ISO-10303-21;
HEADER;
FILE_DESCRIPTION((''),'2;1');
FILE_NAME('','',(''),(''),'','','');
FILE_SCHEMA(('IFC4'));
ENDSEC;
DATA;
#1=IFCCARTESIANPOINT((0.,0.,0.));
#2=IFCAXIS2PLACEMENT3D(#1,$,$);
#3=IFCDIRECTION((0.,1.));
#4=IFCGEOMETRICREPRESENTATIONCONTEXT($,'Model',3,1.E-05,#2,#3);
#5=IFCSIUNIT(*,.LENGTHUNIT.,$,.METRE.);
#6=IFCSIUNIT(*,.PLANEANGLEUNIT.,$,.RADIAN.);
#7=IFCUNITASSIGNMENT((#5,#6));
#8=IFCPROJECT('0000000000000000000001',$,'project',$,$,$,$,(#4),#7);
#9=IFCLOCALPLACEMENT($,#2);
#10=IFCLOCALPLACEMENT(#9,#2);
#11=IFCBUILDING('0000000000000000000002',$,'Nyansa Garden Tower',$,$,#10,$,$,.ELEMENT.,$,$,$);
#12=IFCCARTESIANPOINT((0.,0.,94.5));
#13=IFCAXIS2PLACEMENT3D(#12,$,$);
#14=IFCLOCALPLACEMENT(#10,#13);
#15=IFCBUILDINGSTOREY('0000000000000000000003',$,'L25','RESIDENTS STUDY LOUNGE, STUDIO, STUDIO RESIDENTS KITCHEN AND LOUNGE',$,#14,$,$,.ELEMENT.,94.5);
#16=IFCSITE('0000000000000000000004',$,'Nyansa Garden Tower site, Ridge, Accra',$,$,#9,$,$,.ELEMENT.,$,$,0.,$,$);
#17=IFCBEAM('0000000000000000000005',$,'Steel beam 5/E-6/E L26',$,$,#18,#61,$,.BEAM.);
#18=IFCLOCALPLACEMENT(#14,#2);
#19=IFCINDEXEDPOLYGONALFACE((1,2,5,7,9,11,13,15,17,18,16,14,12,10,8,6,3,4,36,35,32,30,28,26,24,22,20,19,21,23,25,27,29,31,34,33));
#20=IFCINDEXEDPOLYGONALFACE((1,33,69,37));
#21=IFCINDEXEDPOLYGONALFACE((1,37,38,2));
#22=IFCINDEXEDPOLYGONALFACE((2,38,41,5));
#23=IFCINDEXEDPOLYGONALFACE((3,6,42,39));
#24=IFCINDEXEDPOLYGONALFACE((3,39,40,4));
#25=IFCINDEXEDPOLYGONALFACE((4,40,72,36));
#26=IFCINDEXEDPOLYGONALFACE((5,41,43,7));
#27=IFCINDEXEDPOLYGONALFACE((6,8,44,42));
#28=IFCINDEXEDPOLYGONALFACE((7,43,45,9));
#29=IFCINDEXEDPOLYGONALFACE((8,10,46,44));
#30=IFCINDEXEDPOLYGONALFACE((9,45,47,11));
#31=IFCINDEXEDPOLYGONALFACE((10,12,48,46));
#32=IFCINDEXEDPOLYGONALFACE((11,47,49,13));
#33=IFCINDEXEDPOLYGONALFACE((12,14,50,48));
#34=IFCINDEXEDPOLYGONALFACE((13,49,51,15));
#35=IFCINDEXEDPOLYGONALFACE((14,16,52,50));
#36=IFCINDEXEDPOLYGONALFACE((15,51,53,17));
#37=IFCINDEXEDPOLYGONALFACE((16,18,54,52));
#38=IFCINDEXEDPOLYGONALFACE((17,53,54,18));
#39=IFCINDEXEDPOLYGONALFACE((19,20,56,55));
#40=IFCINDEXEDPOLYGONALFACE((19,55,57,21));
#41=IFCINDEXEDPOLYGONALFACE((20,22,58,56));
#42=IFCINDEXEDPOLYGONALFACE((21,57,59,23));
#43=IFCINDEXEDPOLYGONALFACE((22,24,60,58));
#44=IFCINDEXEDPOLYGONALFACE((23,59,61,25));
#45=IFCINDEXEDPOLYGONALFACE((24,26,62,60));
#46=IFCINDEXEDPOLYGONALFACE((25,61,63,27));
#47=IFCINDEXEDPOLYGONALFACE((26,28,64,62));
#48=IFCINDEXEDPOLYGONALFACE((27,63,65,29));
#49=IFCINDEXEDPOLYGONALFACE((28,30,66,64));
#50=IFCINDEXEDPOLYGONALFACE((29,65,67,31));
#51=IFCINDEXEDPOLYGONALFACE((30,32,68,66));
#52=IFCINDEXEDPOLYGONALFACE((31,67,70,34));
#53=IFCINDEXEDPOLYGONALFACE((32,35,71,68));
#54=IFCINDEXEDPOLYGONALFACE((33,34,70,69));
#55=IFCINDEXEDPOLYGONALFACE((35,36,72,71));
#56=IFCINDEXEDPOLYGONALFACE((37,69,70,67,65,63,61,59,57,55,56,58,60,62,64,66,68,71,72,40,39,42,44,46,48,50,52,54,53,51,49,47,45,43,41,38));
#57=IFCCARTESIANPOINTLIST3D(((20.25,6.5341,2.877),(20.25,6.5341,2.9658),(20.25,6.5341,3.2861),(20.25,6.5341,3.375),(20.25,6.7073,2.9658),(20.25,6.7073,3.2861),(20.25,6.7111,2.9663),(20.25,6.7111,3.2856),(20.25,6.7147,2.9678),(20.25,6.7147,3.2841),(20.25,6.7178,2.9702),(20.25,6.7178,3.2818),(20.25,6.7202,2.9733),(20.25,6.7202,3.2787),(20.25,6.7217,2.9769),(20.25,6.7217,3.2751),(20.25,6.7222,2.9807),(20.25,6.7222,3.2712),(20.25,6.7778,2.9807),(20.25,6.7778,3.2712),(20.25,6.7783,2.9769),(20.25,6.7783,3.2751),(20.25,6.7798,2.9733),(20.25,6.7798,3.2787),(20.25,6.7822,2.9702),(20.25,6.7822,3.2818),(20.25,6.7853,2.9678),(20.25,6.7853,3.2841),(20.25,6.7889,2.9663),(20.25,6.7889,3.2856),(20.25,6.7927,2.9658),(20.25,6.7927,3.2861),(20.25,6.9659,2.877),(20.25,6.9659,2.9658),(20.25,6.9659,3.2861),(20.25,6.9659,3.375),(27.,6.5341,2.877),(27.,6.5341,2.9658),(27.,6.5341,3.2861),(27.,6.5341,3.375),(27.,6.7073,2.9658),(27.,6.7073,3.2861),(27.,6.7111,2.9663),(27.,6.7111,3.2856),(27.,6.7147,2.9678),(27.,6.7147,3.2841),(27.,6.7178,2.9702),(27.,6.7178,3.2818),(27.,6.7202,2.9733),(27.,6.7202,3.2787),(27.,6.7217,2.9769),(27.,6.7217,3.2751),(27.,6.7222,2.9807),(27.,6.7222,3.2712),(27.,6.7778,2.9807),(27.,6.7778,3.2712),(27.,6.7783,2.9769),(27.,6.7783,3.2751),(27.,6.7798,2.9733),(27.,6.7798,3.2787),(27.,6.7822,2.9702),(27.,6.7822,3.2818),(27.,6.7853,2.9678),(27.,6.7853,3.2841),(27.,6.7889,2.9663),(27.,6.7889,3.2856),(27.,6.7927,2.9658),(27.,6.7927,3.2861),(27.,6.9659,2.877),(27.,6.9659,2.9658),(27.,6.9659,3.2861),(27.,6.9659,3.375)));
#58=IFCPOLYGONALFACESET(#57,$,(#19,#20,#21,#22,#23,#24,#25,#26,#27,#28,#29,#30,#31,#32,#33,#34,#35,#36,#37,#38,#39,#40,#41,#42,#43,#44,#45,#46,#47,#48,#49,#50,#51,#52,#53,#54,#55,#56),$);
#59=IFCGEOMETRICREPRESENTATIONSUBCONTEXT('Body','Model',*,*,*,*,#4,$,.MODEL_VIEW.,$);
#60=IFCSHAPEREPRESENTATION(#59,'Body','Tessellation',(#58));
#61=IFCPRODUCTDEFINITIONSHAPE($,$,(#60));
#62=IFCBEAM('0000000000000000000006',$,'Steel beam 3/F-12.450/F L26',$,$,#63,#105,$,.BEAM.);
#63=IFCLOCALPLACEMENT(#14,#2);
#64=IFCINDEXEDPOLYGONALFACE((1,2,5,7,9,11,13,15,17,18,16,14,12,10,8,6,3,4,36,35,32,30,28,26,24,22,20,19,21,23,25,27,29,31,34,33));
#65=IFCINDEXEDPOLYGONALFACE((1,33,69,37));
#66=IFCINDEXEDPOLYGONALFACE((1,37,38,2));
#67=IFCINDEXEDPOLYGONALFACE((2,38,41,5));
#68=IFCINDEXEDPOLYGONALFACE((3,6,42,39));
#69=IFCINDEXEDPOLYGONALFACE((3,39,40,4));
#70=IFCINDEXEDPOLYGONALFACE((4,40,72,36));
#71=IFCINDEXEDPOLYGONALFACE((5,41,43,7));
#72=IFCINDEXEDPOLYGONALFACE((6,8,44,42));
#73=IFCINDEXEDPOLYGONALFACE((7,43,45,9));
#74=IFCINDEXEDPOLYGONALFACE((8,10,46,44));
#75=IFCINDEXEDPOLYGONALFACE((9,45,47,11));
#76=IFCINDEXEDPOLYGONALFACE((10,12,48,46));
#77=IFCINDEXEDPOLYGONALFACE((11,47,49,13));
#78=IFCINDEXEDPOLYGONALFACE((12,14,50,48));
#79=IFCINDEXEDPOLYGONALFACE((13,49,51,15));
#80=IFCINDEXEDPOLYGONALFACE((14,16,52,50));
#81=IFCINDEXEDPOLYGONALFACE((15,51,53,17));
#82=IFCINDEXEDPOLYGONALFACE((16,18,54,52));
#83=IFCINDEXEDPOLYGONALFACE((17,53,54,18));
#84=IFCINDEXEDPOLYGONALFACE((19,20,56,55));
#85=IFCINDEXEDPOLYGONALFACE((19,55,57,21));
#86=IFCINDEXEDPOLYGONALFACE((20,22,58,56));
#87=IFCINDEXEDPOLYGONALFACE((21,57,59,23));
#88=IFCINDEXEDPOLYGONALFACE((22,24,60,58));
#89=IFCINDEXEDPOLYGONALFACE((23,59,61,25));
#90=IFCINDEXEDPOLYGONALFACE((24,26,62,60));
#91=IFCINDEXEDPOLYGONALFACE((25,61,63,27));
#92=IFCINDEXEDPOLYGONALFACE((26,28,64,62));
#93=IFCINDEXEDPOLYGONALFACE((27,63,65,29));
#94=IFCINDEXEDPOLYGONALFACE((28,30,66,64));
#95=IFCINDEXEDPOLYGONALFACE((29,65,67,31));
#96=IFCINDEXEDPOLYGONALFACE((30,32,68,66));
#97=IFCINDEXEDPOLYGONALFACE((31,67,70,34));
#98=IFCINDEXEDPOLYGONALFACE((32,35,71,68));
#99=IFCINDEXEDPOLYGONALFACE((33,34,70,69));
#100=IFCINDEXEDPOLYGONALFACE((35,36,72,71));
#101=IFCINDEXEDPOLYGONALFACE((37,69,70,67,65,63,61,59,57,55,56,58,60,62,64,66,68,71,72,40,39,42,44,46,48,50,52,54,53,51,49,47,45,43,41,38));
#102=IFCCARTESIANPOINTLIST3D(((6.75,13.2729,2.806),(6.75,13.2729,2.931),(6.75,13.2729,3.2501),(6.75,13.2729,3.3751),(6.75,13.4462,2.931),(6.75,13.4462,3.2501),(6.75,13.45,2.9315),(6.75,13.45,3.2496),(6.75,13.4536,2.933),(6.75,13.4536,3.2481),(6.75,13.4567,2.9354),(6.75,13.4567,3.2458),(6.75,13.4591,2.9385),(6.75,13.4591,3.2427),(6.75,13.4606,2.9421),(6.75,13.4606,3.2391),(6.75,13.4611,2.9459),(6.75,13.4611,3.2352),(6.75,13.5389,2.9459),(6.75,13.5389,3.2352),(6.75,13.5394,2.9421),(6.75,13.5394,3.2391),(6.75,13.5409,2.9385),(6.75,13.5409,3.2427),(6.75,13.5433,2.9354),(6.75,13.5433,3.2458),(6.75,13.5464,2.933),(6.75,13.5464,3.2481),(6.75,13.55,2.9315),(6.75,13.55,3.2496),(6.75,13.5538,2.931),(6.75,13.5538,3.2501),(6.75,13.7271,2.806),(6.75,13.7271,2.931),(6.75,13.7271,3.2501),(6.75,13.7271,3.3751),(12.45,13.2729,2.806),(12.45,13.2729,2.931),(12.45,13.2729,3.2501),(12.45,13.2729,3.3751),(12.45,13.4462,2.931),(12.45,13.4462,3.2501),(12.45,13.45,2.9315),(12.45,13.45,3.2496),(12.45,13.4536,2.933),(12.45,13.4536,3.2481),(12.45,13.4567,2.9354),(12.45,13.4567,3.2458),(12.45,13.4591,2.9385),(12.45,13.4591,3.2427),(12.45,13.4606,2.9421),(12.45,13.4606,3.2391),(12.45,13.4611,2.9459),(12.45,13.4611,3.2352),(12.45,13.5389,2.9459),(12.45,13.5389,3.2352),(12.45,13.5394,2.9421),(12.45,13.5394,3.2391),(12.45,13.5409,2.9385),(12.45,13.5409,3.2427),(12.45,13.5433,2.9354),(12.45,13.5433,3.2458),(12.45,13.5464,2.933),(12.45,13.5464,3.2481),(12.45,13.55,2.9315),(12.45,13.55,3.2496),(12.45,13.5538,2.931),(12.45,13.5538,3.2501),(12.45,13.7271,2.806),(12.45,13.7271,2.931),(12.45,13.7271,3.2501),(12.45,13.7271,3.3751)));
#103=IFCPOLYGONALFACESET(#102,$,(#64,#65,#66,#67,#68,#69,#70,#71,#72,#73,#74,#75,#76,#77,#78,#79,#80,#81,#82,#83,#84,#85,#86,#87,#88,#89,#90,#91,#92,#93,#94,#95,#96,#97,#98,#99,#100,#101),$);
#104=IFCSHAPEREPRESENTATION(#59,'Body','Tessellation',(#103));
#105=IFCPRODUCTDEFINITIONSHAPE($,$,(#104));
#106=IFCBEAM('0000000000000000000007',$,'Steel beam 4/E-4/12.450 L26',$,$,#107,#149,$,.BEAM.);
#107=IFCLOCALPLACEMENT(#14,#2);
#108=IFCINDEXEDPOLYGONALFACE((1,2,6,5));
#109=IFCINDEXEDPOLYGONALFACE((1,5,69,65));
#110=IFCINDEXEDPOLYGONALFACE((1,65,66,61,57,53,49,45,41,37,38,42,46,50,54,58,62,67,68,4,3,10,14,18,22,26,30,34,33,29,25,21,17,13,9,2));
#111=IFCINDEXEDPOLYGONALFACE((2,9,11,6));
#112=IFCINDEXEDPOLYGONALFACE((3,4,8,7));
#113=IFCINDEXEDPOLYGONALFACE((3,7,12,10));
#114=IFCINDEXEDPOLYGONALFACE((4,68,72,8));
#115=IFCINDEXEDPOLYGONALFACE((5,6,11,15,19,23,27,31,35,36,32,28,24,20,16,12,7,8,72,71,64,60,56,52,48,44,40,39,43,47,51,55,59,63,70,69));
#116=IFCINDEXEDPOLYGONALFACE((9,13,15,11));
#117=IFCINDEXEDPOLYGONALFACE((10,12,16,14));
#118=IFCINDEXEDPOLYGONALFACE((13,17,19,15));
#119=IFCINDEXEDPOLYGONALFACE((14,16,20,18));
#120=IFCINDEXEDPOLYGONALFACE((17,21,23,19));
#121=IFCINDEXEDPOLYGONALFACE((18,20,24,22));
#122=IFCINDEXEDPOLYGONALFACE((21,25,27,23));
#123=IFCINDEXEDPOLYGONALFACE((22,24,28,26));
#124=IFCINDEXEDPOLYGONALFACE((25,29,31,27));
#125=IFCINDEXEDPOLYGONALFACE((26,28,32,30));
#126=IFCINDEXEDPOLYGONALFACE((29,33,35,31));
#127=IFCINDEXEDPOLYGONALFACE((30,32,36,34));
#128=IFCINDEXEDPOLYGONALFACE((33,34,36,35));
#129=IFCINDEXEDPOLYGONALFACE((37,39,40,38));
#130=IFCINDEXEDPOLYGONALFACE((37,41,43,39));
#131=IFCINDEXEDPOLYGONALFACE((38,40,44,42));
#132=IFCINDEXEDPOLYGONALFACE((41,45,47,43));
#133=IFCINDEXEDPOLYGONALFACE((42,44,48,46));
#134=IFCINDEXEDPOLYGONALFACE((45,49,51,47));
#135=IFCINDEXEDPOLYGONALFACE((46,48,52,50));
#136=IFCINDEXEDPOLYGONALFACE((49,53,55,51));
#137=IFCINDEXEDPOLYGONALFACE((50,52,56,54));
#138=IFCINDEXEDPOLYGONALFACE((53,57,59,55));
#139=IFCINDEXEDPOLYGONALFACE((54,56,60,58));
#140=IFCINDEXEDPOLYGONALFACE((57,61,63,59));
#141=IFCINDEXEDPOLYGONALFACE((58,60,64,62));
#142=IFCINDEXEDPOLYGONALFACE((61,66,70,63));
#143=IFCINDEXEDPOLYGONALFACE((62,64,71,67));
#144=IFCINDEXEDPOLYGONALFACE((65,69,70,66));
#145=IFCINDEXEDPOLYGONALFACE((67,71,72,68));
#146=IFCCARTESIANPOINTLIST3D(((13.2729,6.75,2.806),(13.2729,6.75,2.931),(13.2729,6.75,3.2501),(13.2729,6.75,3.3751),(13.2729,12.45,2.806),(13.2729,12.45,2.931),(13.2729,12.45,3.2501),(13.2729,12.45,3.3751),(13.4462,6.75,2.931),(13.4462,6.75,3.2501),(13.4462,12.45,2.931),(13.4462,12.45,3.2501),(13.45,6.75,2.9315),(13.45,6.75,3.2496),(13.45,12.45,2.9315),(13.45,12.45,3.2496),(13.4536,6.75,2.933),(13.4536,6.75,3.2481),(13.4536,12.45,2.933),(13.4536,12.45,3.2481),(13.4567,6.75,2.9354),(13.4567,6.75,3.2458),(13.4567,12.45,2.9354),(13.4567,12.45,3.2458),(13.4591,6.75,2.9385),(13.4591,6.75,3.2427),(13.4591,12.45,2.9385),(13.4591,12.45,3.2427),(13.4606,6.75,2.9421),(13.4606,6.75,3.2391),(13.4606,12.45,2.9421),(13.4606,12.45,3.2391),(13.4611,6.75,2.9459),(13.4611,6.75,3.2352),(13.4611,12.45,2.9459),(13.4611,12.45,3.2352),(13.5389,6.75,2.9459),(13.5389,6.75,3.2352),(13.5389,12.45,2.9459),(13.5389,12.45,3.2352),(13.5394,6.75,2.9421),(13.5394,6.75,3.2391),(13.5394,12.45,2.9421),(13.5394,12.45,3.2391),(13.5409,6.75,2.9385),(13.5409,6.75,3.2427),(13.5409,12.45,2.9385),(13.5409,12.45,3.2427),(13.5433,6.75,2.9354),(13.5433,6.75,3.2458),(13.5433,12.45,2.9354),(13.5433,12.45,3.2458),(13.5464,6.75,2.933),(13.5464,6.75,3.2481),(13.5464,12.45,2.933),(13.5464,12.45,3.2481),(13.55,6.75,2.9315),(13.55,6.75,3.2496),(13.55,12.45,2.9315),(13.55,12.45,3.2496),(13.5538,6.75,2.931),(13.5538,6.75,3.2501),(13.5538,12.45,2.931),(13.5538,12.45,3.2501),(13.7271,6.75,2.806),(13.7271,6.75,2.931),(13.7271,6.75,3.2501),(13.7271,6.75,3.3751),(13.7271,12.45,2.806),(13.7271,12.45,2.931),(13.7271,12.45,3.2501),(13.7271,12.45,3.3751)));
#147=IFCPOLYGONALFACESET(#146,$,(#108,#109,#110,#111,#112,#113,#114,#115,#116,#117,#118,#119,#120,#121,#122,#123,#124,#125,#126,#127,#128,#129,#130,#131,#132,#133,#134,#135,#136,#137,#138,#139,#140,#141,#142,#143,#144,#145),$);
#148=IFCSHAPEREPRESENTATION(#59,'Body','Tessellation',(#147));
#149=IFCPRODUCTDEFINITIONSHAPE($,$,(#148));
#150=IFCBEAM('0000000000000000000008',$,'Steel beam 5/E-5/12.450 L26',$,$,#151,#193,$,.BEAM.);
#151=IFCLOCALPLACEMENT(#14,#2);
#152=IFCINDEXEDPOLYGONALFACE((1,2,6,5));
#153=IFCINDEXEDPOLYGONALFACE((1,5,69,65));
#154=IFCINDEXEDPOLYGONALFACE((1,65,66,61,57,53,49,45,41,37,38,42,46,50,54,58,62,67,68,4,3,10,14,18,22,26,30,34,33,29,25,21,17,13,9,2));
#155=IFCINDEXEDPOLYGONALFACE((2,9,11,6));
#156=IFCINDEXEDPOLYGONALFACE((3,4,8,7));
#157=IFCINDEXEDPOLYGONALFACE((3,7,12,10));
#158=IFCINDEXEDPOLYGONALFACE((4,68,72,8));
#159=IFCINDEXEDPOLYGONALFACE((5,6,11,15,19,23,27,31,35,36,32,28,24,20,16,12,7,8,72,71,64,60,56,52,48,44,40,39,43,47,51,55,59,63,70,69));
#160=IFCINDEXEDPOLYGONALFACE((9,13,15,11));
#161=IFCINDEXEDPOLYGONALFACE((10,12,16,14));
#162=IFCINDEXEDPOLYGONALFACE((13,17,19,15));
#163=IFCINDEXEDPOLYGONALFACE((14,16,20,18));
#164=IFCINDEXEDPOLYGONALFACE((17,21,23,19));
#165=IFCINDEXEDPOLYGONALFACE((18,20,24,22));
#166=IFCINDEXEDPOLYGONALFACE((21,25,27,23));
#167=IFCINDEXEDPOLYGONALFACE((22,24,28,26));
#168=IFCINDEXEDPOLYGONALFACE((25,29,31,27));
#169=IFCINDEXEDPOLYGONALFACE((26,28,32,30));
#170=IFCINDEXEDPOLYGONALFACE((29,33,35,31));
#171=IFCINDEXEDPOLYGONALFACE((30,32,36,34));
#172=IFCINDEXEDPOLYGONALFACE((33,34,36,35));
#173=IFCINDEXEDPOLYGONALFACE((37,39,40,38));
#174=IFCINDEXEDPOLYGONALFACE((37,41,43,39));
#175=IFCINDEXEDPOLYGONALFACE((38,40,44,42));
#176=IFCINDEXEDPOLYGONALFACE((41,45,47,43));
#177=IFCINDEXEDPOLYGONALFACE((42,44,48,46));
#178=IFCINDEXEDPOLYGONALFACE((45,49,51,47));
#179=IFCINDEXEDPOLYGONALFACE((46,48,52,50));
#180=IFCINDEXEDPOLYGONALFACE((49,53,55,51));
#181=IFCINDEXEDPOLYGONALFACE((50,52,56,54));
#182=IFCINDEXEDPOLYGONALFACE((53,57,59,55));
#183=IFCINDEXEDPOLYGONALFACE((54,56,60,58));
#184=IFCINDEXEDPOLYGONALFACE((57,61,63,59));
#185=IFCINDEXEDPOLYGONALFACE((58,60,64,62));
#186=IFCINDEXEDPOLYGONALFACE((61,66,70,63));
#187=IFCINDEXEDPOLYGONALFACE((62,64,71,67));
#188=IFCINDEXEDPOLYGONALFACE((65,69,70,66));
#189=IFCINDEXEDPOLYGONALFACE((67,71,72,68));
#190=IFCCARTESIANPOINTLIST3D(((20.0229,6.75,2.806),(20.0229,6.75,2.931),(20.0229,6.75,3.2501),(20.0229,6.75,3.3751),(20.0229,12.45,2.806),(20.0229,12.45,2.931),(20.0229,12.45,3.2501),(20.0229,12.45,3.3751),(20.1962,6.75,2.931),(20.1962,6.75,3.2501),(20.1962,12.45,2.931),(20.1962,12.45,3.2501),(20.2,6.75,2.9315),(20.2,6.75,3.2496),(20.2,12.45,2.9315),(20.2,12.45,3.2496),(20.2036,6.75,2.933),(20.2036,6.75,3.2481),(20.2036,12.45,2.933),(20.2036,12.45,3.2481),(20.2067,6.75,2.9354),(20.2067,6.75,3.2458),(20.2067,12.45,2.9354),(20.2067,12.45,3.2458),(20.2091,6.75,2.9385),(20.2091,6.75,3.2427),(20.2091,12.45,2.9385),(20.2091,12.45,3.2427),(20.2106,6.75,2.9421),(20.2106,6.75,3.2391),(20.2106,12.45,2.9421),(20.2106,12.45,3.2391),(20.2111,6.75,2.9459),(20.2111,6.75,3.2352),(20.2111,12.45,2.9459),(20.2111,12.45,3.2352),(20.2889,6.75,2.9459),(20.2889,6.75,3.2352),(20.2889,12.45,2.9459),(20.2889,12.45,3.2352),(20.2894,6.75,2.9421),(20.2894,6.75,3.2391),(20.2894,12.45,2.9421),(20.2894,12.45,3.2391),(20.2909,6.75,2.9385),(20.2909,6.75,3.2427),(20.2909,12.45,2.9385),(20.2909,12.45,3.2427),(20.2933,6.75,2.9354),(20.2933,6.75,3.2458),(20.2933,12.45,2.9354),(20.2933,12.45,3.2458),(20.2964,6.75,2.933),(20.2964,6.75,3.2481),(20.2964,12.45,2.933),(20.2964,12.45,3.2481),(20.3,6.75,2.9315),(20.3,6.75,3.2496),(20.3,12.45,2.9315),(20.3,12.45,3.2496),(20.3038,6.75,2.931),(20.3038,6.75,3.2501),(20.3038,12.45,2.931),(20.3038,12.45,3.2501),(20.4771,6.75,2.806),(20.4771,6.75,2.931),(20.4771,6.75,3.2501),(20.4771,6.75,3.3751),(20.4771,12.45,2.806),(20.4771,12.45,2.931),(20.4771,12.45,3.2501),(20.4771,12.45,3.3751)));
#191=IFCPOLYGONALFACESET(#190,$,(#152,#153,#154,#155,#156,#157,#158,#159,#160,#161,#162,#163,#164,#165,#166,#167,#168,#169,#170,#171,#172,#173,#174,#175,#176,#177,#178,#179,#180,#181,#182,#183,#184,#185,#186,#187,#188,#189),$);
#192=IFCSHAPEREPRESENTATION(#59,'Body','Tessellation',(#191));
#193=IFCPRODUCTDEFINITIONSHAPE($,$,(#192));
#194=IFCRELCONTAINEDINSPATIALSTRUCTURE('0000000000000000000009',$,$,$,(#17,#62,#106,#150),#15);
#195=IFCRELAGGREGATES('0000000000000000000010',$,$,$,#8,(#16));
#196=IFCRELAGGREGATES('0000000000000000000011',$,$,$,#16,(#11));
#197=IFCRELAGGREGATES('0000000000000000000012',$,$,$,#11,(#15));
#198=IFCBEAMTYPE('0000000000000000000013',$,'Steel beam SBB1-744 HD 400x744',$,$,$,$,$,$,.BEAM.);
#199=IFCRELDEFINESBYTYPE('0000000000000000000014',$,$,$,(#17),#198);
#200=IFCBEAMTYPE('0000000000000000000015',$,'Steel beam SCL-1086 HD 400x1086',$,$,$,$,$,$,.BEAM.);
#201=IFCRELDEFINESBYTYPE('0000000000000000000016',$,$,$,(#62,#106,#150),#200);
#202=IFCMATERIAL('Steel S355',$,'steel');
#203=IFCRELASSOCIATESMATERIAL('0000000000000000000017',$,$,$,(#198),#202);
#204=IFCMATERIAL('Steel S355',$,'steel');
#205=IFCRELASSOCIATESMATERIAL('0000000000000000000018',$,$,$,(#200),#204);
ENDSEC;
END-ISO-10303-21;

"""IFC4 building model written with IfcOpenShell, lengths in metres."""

from ifc_helpers import new_model, si_unit, direction, frame, origin, origin_2d, place, context, subcontext, project, spatial, i_section, extrude, material, material_profile, profile_set, type_object, element, save


model = new_model("IFC4")

# Units and contexts
model_context = context("Model", 3, precision=1e-05, world=origin(), true_north=direction((0.0, 1.0)))
body_context = subcontext(model_context, "Body", "Model", "MODEL_VIEW")
ifc_project = project(units=[si_unit("LENGTHUNIT", "METRE"), si_unit("PLANEANGLEUNIT", "RADIAN")], contexts=[model_context])

# Site, building, storey
site_placement = place(None, origin())
site = spatial("IfcSite", under=ifc_project, at=site_placement, Name="Nyansa Garden Tower site, Ridge, Accra", CompositionType="ELEMENT", RefElevation=0.0)
building_placement = place(site_placement, origin())
building = spatial("IfcBuilding", under=site, at=building_placement, Name="Nyansa Garden Tower", CompositionType="ELEMENT")
storey_placement = place(building_placement, frame((0.0, 0.0, 94.5)))
storey = spatial("IfcBuildingStorey", under=building, at=storey_placement, Name="L25", Description="RESIDENTS STUDY LOUNGE, STUDIO, STUDIO RESIDENTS KITCHEN AND LOUNGE", CompositionType="ELEMENT", Elevation=94.5)

# Beams
ifc_material_1 = material(Name="Steel S355", Category="steel")
ifc_material_profile_1 = material_profile(ifc_material_1, i_section(OverallWidth=0.4319, OverallDepth=0.498, WebThickness=0.0557, FlangeThickness=0.0889, FilletRadius=0.0149, at=origin_2d()), Name="HD 400x744")
ifc_profile_set_1 = profile_set([ifc_material_profile_1], Name="Steel S355")
beam_type_1 = type_object("IfcBeamType", Name="Steel beam SBB1-744 HD 400x744", PredefinedType="BEAM", material=ifc_profile_set_1)
for number, where, z_axis, x_axis, name in (
    (1, (20.25, 6.75, 3.126), (1.0, 0.0, 0.0), (0.0, 1.0, 0.0), "Steel beam 5/E-6/E L26"),
):
    element("IfcBeam", number, at=place(storey_placement, frame(where, z_axis=z_axis, x_axis=x_axis)), inside=storey, type_object=beam_type_1, Name=name, PredefinedType="BEAM", context=body_context, shape_type="SweptSolid", body=[
        extrude(i_section(OverallWidth=0.4319, OverallDepth=0.498, WebThickness=0.0557, FlangeThickness=0.0889, FilletRadius=0.0149, at=origin_2d()), origin(), (0.0, 0.0, 1.0), 6.75),
    ])
ifc_material_2 = material(Name="Steel S355", Category="steel")
ifc_material_profile_2 = material_profile(ifc_material_2, i_section(OverallWidth=0.4541, OverallDepth=0.5691, WebThickness=0.0779, FlangeThickness=0.125, FilletRadius=0.0149, at=origin_2d()), Name="HD 400x1086")
ifc_profile_set_2 = profile_set([ifc_material_profile_2], Name="Steel S355")
beam_type_2 = type_object("IfcBeamType", Name="Steel beam SCL-1086 HD 400x1086", PredefinedType="BEAM", material=ifc_profile_set_2)
for number, where, z_axis, x_axis, name in (
    (2, (6.75, 13.5, 3.0906), (1.0, 0.0, 0.0), (0.0, 1.0, 0.0), "Steel beam 3/F-12.450/F L26"),
    (3, (13.5, 6.75, 3.0906), (0.0, 1.0, 0.0), (-1.0, 0.0, 0.0), "Steel beam 4/E-4/12.450 L26"),
    (4, (20.25, 6.75, 3.0906), (0.0, 1.0, 0.0), (-1.0, 0.0, 0.0), "Steel beam 5/E-5/12.450 L26"),
):
    element("IfcBeam", number, at=place(storey_placement, frame(where, z_axis=z_axis, x_axis=x_axis)), inside=storey, type_object=beam_type_2, Name=name, PredefinedType="BEAM", context=body_context, shape_type="SweptSolid", body=[
        extrude(i_section(OverallWidth=0.4541, OverallDepth=0.5691, WebThickness=0.0779, FlangeThickness=0.125, FilletRadius=0.0149, at=origin_2d()), origin(), (0.0, 0.0, 1.0), 5.7),
    ])

save(model, "model.ifc")
